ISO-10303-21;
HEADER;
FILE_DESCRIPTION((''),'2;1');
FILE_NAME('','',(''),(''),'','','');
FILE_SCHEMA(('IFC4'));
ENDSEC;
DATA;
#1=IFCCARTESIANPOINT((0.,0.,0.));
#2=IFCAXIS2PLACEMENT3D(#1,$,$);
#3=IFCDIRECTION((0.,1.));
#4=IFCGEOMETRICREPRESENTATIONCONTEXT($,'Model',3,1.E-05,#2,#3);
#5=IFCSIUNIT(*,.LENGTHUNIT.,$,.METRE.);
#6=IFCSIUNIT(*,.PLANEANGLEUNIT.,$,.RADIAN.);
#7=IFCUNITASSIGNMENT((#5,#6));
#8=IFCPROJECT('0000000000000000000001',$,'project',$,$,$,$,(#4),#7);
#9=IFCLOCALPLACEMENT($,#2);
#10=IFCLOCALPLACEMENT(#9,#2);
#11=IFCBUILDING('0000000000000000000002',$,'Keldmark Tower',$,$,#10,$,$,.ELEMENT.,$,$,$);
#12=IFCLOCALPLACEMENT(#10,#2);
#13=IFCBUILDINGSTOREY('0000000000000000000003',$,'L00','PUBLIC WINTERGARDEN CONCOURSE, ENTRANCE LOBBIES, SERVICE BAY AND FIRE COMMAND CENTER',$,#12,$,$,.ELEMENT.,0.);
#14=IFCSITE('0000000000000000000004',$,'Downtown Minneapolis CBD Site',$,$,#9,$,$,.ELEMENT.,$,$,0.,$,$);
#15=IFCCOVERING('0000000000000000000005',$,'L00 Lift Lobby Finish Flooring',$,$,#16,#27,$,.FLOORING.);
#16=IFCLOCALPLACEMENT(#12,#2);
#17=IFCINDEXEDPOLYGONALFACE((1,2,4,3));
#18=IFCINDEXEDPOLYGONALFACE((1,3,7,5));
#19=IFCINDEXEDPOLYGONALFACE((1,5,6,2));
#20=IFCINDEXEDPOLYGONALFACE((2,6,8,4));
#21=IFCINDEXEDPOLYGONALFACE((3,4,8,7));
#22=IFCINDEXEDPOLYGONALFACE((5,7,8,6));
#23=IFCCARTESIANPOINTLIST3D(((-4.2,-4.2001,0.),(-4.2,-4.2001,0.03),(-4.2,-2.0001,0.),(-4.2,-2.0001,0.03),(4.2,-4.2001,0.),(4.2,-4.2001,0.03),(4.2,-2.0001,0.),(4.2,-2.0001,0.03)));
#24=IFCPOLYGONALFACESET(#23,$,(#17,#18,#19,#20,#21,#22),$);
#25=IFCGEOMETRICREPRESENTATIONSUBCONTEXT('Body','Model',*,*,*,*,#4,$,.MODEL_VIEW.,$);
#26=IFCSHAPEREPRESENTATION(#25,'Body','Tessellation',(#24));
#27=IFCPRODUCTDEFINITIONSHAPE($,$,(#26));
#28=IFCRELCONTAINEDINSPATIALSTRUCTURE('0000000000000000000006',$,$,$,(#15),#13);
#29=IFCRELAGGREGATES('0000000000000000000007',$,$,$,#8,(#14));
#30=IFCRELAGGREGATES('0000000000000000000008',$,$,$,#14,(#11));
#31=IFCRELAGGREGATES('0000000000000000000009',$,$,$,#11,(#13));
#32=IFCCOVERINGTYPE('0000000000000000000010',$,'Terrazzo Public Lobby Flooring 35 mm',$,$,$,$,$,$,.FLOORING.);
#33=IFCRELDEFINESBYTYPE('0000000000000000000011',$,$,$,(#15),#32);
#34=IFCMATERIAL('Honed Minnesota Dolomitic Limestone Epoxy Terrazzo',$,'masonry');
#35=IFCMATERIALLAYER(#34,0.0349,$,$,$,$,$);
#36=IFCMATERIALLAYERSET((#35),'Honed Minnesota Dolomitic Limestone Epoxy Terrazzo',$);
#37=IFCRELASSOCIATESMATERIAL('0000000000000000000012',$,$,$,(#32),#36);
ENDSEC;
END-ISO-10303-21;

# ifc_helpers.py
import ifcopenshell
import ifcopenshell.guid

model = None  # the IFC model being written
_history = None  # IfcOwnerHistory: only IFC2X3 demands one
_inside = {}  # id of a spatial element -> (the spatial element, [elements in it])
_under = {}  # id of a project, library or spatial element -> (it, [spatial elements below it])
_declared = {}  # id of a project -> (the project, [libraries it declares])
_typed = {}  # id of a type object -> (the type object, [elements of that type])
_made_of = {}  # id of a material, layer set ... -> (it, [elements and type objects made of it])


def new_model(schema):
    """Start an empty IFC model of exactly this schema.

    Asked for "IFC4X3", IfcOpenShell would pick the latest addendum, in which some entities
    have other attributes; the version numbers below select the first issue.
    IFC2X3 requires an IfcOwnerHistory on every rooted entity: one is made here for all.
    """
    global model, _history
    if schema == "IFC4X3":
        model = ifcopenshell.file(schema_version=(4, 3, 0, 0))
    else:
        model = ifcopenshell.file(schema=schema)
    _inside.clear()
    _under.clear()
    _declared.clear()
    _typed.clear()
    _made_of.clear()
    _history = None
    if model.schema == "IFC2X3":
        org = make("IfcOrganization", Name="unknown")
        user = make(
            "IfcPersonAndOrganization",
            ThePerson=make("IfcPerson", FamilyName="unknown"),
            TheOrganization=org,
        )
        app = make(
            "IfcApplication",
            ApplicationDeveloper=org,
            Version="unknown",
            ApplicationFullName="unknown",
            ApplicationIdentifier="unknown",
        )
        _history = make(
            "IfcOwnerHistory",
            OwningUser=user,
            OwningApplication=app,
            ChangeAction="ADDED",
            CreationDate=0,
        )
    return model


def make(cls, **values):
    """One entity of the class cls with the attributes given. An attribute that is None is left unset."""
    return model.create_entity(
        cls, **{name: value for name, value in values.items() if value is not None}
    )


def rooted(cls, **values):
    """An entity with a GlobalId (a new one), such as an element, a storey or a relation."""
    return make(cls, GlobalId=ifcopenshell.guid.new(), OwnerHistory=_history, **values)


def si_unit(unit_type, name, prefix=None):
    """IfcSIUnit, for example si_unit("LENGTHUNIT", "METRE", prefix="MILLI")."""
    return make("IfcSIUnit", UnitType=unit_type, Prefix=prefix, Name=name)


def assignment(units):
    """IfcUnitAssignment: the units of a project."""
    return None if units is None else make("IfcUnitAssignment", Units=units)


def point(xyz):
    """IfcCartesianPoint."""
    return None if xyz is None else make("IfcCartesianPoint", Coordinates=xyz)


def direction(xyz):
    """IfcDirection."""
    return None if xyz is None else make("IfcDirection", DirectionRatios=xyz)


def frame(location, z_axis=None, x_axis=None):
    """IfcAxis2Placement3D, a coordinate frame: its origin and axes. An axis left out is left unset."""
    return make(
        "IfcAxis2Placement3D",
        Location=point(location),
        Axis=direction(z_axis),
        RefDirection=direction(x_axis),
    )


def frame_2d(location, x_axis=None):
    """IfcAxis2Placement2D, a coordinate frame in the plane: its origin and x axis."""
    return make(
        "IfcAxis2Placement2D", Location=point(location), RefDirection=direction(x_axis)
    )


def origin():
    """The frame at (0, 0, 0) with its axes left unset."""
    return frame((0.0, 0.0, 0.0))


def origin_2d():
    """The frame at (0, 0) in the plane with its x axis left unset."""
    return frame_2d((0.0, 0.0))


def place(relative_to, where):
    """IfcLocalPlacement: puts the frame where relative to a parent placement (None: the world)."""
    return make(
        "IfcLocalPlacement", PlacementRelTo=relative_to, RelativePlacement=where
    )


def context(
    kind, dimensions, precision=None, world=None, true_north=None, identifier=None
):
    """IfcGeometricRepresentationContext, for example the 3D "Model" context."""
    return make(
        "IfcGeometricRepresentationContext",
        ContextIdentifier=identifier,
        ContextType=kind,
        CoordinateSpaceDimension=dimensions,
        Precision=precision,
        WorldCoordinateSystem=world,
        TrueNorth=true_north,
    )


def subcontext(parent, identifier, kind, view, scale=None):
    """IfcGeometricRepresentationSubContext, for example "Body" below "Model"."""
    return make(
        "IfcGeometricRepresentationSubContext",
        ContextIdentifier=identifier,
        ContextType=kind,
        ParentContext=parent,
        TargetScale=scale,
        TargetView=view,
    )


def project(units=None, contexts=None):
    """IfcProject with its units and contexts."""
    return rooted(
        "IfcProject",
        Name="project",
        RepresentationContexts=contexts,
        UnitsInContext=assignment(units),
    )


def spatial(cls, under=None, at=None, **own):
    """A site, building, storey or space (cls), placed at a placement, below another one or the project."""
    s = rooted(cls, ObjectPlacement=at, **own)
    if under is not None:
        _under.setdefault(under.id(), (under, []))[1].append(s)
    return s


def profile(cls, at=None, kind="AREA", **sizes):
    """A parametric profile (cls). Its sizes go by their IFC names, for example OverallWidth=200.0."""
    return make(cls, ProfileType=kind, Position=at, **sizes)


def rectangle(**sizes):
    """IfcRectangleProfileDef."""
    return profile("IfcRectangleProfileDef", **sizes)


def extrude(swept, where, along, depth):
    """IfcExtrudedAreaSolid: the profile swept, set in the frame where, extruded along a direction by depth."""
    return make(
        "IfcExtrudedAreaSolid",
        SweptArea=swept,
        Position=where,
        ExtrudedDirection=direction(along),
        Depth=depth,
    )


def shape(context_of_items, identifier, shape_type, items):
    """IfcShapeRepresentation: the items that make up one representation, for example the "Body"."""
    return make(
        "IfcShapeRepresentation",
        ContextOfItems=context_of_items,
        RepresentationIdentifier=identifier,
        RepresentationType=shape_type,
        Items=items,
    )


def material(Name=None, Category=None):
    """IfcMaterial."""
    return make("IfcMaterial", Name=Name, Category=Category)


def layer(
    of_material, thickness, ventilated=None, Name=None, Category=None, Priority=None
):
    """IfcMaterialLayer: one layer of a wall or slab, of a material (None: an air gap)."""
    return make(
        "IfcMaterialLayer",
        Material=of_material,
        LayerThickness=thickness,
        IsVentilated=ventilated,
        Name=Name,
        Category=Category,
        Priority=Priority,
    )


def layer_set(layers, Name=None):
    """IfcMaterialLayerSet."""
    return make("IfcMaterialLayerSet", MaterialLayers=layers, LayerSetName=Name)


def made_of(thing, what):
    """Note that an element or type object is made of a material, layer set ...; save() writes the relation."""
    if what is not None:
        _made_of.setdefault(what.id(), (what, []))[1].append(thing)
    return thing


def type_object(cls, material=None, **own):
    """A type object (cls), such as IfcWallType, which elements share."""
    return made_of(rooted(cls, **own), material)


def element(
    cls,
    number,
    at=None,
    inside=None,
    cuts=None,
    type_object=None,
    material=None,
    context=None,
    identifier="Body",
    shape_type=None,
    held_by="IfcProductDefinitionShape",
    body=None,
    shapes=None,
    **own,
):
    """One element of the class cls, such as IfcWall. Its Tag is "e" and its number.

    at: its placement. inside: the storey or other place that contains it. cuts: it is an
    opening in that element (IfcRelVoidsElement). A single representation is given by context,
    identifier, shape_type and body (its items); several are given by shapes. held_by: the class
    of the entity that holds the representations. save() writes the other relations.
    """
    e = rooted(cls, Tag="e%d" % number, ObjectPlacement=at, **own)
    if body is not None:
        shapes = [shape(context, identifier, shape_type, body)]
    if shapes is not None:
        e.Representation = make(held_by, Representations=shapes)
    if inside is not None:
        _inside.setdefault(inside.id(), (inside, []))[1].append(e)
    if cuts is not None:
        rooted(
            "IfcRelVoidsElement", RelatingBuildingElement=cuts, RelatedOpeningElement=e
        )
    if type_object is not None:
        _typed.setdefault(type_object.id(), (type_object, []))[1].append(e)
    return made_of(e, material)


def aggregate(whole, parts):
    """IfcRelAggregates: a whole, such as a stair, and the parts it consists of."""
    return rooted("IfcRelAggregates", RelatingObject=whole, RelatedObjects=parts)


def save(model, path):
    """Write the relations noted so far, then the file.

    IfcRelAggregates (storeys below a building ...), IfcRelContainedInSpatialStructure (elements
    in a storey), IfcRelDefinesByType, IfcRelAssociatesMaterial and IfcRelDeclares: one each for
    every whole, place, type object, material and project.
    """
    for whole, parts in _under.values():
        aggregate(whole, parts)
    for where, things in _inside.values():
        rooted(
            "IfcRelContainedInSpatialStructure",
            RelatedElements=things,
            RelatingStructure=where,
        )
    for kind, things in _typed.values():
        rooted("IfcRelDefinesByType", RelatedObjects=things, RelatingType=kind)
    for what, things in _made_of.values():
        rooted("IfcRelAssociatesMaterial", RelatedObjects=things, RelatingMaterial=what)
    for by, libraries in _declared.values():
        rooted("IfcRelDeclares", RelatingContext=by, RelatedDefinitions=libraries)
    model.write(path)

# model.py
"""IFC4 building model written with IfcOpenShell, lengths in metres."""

from ifc_helpers import new_model, si_unit, direction, frame, origin, origin_2d, place, context, subcontext, project, spatial, rectangle, extrude, material, layer, layer_set, type_object, element, save


model = new_model("IFC4")

# Units and contexts
model_context = context("Model", 3, precision=1e-05, world=origin(), true_north=direction((0.0, 1.0)))
body_context = subcontext(model_context, "Body", "Model", "MODEL_VIEW")
ifc_project = project(units=[si_unit("LENGTHUNIT", "METRE"), si_unit("PLANEANGLEUNIT", "RADIAN")], contexts=[model_context])

# Site, building, storey
site_placement = place(None, origin())
site = spatial("IfcSite", under=ifc_project, at=site_placement, Name="Downtown Minneapolis CBD Site", CompositionType="ELEMENT", RefElevation=0.0)
building_placement = place(site_placement, origin())
building = spatial("IfcBuilding", under=site, at=building_placement, Name="Keldmark Tower", CompositionType="ELEMENT")
storey_placement = place(building_placement, origin())
storey = spatial("IfcBuildingStorey", under=building, at=storey_placement, Name="L00", Description="PUBLIC WINTERGARDEN CONCOURSE, ENTRANCE LOBBIES, SERVICE BAY AND FIRE COMMAND CENTER", CompositionType="ELEMENT", Elevation=0.0)

# Covering
ifc_material_1 = material(Name="Honed Minnesota Dolomitic Limestone Epoxy Terrazzo", Category="masonry")
ifc_layer_1 = layer(ifc_material_1, 0.0349)
ifc_layer_set_1 = layer_set([ifc_layer_1], Name="Honed Minnesota Dolomitic Limestone Epoxy Terrazzo")
covering_type_1 = type_object("IfcCoveringType", Name="Terrazzo Public Lobby Flooring 35 mm", PredefinedType="FLOORING", material=ifc_layer_set_1)
covering_1_placement = place(storey_placement, frame((0.0, -3.1001, 0.0), z_axis=(0.0, 0.0, 1.0), x_axis=(1.0, 0.0, 0.0)))
element("IfcCovering", 1, at=covering_1_placement, inside=storey, type_object=covering_type_1, Name="L00 Lift Lobby Finish Flooring", PredefinedType="FLOORING", context=body_context, shape_type="SweptSolid", body=[
    extrude(rectangle(XDim=8.3999, YDim=2.2, at=origin_2d()), origin(), (0.0, 0.0, 1.0), 0.03),
])

save(model, "model.ifc")
